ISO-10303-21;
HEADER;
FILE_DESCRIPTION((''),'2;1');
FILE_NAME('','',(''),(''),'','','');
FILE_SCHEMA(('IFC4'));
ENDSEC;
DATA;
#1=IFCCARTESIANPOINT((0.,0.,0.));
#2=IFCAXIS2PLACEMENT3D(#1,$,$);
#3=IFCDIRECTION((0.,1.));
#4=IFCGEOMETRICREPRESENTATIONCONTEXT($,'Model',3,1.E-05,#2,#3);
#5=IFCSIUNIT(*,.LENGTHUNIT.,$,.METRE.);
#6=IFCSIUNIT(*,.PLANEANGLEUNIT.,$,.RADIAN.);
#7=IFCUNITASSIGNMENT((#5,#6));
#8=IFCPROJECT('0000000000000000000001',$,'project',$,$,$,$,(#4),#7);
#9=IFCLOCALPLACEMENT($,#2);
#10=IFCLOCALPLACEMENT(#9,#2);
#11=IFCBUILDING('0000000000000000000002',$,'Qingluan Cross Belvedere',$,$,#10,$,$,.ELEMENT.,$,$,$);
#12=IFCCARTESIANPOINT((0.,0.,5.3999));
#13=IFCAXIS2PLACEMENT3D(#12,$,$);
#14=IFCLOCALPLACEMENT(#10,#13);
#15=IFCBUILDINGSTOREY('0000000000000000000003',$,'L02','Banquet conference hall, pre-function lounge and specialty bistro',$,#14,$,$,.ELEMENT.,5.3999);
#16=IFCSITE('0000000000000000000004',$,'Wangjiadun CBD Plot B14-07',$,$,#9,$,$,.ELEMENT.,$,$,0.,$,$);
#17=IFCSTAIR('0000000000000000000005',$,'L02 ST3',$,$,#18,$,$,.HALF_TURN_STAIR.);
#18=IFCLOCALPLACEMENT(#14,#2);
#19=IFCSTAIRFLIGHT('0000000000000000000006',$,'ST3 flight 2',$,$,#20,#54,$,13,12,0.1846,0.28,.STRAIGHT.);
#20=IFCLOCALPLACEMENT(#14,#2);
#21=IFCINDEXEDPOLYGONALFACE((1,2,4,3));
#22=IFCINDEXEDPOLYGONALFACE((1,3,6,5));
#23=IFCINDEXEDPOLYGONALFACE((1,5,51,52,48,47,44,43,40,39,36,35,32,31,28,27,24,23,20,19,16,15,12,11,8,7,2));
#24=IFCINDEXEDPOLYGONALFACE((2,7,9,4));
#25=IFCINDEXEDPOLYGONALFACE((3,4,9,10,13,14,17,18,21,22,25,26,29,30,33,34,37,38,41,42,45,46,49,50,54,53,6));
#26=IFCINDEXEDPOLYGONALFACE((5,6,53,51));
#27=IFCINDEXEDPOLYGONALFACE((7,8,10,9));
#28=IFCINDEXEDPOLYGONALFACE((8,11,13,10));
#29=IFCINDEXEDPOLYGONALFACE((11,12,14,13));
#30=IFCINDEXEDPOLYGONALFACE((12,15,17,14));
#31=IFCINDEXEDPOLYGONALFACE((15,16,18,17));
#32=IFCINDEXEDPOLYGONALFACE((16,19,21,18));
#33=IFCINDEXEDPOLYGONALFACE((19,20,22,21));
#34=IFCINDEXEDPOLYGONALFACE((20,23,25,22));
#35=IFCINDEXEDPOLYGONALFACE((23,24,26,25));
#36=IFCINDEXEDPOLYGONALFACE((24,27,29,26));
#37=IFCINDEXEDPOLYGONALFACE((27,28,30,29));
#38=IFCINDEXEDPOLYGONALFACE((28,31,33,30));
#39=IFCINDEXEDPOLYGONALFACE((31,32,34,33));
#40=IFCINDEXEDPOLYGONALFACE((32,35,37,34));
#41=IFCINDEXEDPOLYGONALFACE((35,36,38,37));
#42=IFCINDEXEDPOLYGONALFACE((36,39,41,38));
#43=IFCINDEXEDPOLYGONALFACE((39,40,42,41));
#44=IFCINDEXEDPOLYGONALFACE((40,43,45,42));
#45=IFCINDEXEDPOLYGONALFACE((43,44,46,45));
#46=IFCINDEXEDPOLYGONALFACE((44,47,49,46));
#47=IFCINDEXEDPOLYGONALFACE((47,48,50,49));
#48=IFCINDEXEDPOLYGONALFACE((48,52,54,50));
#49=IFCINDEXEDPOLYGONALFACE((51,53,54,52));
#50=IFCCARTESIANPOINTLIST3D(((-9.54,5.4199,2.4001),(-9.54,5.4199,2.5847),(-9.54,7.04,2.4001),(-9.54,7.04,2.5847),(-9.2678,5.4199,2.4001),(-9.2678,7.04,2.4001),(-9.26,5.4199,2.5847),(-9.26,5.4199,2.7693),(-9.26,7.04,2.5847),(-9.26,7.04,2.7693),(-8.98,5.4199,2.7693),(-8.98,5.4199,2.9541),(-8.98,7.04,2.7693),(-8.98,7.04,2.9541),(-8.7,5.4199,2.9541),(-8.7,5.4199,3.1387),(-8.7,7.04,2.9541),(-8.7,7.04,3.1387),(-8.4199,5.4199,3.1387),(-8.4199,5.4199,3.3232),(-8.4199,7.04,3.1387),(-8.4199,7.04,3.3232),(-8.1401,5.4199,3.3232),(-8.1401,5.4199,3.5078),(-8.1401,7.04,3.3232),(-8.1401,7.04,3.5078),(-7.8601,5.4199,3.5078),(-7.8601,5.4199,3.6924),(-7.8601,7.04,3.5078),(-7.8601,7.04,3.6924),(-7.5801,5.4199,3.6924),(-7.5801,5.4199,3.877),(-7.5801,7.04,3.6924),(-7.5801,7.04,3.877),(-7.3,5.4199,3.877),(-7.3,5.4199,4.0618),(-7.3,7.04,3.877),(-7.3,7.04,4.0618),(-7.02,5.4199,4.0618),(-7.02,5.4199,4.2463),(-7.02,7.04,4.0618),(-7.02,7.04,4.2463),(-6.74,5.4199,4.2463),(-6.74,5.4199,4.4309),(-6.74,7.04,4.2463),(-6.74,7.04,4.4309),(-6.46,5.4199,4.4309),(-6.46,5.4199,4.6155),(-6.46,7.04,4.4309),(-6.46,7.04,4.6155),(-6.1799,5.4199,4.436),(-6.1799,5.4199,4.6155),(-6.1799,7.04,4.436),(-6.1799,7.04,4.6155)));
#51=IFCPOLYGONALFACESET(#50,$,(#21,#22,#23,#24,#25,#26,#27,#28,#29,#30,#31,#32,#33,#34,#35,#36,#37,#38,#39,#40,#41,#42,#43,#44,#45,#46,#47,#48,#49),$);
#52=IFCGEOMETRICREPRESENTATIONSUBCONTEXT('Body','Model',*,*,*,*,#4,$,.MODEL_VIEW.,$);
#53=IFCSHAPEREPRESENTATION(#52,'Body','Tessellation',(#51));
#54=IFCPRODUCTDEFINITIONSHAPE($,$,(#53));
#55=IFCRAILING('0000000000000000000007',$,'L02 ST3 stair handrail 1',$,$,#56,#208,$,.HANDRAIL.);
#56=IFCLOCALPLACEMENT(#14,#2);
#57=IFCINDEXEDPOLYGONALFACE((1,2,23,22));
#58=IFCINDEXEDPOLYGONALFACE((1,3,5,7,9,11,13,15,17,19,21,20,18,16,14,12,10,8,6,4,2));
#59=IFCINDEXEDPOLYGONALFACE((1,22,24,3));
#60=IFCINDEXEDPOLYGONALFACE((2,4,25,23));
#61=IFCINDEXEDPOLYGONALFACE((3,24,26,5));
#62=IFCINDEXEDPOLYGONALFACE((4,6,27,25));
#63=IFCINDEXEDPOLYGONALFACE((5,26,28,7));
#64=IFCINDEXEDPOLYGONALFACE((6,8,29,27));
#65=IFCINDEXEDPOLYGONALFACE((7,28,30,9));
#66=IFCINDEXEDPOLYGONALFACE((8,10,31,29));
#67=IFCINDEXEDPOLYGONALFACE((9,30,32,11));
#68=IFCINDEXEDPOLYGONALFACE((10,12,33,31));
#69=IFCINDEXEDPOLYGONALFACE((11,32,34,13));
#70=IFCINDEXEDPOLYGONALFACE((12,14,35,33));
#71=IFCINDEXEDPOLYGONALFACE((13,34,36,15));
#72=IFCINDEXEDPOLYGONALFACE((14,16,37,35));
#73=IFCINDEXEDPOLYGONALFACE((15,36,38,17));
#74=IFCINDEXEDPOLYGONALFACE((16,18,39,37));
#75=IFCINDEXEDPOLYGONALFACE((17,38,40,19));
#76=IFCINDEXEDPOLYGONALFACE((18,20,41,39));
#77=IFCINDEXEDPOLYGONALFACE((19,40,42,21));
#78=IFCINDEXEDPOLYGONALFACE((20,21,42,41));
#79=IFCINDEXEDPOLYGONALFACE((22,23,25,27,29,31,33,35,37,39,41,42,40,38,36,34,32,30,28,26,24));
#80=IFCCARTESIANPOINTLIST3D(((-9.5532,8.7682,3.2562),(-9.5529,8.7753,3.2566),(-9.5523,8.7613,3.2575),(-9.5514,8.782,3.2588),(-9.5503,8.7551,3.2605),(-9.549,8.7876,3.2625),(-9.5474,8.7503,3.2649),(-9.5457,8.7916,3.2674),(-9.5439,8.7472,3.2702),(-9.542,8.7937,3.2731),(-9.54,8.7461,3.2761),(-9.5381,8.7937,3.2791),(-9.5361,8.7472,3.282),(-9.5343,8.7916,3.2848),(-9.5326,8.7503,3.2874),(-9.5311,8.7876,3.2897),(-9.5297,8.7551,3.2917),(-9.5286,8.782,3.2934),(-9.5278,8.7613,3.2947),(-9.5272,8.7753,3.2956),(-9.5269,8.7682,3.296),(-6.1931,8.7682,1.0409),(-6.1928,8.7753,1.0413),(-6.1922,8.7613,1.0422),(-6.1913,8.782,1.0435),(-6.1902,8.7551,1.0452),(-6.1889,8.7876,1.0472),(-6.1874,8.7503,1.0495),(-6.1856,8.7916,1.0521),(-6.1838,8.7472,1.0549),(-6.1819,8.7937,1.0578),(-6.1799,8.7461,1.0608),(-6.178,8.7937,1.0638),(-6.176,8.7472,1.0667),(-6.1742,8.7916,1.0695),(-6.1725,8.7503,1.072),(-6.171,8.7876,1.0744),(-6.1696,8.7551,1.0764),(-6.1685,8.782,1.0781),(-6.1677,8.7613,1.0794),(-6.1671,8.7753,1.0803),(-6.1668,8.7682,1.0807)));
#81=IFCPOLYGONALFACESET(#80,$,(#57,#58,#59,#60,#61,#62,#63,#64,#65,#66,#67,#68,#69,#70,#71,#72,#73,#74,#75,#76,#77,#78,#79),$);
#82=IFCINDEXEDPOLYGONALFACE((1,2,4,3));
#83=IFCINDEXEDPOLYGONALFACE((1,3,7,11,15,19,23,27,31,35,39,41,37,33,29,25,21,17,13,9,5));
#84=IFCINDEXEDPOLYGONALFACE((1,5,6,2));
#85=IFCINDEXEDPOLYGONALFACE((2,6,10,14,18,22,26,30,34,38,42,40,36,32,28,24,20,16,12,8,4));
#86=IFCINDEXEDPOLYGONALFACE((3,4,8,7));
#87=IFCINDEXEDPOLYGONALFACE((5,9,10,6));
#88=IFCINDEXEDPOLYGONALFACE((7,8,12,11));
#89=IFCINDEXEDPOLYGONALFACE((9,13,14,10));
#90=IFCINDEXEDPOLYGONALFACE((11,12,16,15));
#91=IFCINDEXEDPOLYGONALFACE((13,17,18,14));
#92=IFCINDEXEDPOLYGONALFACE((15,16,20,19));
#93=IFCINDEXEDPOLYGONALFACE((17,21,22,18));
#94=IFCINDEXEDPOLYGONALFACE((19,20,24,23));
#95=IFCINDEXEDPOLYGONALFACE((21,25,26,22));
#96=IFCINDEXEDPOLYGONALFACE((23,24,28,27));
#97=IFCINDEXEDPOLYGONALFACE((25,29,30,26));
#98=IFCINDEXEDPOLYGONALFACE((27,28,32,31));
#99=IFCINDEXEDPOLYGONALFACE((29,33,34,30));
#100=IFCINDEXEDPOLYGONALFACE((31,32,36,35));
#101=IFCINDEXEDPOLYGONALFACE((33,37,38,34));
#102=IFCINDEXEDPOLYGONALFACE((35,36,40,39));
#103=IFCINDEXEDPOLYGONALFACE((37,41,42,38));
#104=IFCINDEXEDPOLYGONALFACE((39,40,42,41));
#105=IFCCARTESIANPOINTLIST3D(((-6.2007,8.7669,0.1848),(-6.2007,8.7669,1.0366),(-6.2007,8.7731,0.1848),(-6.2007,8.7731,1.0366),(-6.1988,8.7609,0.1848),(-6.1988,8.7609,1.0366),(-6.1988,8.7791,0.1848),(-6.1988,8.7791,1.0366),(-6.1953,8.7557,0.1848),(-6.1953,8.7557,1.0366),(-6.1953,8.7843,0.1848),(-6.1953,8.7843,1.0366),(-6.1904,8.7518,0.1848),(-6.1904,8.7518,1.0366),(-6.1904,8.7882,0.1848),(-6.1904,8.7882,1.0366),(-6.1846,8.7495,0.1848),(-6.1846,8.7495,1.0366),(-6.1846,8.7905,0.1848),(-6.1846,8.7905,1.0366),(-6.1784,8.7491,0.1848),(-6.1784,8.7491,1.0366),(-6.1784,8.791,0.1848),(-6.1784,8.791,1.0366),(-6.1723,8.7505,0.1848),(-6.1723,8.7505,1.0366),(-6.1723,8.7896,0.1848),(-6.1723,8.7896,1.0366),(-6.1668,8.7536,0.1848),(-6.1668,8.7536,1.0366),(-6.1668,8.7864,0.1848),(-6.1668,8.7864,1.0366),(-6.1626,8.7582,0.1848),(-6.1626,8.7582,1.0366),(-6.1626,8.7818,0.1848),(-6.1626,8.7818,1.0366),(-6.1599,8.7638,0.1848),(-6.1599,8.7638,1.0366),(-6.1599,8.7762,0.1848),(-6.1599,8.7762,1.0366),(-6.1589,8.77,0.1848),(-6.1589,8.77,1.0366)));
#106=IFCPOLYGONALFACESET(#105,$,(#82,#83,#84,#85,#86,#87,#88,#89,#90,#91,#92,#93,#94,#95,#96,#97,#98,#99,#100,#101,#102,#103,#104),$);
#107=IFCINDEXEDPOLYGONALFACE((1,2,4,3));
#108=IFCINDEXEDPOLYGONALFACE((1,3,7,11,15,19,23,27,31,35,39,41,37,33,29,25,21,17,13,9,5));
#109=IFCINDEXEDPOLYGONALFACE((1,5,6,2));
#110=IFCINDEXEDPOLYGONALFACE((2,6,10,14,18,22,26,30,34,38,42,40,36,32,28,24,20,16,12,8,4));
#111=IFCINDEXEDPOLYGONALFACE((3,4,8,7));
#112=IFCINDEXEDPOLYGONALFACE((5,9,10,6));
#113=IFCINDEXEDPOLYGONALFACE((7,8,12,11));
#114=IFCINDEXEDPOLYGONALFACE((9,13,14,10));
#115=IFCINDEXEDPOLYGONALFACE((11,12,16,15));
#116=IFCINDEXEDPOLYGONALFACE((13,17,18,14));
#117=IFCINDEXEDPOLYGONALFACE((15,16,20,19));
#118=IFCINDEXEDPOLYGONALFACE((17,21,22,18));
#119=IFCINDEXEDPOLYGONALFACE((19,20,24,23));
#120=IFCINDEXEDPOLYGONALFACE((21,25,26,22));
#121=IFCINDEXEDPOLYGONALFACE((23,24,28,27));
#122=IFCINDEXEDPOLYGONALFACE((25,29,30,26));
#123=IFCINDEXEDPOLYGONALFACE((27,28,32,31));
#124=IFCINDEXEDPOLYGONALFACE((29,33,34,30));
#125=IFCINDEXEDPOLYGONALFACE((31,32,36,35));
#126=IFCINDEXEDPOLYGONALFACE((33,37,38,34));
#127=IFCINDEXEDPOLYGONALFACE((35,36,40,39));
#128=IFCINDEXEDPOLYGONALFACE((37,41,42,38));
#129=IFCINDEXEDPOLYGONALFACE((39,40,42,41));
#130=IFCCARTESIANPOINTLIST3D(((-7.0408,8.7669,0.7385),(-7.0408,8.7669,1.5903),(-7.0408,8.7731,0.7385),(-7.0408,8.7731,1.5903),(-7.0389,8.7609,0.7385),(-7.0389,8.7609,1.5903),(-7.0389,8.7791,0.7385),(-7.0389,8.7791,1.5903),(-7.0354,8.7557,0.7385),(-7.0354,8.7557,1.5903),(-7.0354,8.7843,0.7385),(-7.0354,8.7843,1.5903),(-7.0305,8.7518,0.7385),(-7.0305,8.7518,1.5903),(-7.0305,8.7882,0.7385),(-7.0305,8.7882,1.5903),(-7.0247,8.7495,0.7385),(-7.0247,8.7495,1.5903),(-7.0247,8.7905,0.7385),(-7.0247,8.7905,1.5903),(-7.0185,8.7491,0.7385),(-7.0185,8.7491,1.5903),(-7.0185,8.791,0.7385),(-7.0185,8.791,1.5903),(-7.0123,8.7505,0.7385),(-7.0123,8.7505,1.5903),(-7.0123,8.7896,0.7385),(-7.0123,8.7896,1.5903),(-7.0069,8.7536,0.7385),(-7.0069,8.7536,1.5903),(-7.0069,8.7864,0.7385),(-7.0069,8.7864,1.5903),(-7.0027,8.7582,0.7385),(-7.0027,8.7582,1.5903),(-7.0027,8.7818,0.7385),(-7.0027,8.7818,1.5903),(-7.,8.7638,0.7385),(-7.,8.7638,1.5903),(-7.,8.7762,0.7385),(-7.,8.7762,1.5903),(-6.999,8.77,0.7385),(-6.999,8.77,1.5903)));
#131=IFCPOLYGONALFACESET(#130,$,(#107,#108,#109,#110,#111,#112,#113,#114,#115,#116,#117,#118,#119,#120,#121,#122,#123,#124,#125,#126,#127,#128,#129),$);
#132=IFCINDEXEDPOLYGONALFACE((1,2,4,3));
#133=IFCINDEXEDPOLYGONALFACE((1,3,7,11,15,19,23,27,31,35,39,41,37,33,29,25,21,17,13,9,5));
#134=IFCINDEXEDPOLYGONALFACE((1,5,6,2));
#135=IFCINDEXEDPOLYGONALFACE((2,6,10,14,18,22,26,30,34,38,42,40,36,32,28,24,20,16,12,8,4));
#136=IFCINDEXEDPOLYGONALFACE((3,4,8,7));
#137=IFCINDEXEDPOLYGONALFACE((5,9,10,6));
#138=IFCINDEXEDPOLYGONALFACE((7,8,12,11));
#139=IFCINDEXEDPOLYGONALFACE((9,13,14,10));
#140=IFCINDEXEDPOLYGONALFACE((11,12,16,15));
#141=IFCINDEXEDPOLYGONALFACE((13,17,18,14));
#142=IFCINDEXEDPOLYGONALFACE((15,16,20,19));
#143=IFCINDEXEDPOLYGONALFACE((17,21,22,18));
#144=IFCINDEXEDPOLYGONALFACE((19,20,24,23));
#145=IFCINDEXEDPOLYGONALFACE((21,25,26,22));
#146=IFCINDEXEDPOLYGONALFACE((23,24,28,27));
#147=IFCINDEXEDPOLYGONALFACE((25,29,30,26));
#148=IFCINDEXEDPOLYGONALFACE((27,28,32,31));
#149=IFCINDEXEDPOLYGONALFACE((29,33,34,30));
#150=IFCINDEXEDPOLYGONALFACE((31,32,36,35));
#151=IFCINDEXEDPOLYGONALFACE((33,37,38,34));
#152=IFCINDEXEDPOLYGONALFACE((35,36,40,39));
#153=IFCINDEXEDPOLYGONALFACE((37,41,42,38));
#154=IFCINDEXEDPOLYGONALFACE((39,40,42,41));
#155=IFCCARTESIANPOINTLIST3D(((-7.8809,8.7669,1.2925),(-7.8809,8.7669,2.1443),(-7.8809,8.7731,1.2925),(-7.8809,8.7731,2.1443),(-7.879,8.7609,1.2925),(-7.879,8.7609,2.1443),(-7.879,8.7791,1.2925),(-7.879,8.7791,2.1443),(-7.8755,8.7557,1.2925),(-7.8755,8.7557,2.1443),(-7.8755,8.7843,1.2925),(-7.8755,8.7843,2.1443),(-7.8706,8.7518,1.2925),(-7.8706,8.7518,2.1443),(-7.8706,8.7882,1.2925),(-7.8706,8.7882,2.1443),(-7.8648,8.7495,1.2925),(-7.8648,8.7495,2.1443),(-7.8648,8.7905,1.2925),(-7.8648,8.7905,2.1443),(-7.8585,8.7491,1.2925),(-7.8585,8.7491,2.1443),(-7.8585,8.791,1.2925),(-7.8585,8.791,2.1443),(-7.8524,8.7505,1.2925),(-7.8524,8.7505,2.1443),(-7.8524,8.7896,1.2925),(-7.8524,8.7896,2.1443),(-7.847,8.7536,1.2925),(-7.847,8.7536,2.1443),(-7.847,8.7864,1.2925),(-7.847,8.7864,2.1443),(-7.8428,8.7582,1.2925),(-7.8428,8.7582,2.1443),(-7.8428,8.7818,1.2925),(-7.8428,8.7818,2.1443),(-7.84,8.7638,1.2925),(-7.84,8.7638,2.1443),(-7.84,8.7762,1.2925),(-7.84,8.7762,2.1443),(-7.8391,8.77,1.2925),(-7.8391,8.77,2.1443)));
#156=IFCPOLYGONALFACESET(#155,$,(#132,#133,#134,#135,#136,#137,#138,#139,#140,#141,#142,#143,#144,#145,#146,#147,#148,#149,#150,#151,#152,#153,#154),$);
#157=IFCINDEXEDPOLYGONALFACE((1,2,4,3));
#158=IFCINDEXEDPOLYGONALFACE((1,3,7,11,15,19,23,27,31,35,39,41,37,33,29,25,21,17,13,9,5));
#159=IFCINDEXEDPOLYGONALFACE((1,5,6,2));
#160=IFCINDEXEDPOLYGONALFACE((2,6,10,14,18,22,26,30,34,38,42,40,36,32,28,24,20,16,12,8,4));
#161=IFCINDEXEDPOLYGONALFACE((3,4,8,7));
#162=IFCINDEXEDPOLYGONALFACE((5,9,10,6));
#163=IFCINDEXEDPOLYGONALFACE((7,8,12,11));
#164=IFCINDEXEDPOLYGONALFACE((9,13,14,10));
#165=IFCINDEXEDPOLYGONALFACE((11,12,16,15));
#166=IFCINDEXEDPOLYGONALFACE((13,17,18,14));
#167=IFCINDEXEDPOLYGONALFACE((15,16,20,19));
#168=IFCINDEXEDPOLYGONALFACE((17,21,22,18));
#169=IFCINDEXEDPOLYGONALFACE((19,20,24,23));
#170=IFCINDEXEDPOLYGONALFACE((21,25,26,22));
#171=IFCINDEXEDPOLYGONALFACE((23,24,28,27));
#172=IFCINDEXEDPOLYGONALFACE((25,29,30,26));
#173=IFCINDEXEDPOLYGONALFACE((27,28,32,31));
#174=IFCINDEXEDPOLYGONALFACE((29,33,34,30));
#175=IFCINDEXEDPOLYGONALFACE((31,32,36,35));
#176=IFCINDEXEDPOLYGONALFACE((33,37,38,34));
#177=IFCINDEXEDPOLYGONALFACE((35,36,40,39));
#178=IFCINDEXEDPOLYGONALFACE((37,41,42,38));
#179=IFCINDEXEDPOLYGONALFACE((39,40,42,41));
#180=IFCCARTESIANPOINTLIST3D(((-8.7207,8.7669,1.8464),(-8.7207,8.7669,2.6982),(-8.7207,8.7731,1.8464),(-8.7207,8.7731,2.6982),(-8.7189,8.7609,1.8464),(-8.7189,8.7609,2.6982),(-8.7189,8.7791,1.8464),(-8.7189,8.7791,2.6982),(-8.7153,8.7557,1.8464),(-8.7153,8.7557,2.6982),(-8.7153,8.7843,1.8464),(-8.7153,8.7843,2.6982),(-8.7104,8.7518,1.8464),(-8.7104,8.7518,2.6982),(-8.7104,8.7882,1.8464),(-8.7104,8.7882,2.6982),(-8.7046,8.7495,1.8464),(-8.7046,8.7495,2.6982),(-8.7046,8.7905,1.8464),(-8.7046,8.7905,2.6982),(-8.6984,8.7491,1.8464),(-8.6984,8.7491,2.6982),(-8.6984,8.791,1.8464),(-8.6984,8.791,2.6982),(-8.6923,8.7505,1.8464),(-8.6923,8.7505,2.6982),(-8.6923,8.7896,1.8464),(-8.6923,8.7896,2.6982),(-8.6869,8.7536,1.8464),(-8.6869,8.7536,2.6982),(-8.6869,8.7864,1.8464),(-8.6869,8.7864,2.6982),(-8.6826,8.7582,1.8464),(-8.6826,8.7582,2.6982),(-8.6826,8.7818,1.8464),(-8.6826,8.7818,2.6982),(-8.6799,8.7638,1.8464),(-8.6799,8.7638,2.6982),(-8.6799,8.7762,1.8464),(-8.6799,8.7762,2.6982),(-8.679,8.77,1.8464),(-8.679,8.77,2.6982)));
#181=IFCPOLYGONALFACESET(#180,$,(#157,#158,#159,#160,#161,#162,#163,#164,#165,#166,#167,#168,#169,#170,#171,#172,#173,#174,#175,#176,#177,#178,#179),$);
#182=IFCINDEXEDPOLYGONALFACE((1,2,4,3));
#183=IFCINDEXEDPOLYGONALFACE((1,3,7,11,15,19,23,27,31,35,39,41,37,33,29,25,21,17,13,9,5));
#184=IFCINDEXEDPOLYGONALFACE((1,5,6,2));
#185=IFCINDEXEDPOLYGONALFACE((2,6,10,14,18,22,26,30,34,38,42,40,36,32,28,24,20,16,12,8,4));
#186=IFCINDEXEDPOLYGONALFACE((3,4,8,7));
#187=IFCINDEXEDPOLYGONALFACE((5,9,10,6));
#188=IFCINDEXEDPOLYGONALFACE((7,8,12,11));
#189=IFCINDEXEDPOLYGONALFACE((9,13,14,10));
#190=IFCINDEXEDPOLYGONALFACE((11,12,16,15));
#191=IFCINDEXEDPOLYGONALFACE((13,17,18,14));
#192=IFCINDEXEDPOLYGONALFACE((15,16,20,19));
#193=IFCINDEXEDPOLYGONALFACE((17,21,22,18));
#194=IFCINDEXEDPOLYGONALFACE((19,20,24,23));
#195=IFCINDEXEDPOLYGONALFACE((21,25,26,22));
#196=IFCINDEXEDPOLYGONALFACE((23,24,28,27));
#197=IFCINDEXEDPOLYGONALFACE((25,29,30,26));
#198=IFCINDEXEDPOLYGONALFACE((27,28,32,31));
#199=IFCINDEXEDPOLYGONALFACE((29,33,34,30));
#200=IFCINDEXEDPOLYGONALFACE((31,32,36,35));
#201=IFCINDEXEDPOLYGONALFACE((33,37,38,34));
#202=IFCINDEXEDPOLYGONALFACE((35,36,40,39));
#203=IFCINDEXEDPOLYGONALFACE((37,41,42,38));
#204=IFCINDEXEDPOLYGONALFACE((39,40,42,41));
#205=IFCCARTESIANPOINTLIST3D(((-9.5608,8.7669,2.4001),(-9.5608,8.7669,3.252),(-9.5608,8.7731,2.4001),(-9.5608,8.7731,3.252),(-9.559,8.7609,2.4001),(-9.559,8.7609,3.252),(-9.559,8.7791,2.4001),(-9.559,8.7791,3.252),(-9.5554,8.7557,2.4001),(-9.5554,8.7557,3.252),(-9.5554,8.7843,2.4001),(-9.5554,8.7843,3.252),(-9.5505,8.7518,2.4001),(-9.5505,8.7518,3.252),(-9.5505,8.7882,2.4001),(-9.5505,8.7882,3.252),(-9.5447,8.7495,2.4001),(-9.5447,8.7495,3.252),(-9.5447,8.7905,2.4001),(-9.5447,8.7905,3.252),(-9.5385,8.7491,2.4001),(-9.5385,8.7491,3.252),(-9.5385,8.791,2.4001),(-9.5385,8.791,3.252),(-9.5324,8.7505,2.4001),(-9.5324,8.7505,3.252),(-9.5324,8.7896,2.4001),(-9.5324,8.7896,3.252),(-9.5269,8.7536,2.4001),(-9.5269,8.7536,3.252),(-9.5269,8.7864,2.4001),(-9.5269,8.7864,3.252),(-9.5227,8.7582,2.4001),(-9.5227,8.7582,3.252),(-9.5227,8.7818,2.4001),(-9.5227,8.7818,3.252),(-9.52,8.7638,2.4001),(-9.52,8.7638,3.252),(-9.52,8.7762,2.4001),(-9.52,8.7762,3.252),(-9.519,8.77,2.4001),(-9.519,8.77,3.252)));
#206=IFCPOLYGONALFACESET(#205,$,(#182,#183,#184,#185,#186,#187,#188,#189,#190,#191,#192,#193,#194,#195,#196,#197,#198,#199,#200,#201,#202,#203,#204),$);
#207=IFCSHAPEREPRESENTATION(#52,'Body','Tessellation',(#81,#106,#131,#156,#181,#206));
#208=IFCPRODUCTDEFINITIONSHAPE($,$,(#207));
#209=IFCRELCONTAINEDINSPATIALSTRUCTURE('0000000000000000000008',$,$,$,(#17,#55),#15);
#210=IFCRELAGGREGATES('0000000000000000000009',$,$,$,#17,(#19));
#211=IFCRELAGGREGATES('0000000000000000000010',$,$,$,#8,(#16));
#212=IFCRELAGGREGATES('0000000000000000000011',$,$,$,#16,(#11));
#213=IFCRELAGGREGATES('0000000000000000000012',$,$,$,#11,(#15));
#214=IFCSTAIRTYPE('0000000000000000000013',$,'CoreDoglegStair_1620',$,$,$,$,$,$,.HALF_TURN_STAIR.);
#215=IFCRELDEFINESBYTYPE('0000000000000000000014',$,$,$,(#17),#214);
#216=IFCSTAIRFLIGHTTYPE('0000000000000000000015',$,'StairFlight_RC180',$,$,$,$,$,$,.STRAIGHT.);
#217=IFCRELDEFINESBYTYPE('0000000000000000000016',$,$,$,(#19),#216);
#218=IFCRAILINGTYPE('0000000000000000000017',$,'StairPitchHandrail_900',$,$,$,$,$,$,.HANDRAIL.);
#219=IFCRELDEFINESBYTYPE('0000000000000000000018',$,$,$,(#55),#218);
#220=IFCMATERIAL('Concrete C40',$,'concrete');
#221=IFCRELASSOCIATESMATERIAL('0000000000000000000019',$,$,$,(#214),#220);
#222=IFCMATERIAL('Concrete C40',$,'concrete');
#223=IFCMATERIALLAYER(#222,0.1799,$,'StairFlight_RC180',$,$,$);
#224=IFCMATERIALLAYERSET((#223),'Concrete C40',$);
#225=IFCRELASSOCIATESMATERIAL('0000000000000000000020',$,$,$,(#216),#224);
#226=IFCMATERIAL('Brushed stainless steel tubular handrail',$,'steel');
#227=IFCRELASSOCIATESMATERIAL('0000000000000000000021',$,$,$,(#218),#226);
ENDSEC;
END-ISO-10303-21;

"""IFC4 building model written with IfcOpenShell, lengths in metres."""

from ifc_helpers import new_model, si_unit, direction, frame, origin, origin_2d, place, context, subcontext, project, spatial, polyline, circle, outline, extrude, material, layer, layer_set, type_object, element, aggregate, save


model = new_model("IFC4")

# Units and contexts
model_context = context("Model", 3, precision=1e-05, world=origin(), true_north=direction((0.0, 1.0)))
body_context = subcontext(model_context, "Body", "Model", "MODEL_VIEW")
ifc_project = project(units=[si_unit("LENGTHUNIT", "METRE"), si_unit("PLANEANGLEUNIT", "RADIAN")], contexts=[model_context])

# Site, building, storey
site_placement = place(None, origin())
site = spatial("IfcSite", under=ifc_project, at=site_placement, Name="Wangjiadun CBD Plot B14-07", CompositionType="ELEMENT", RefElevation=0.0)
building_placement = place(site_placement, origin())
building = spatial("IfcBuilding", under=site, at=building_placement, Name="Qingluan Cross Belvedere", CompositionType="ELEMENT")
storey_placement = place(building_placement, frame((0.0, 0.0, 5.3999)))
storey = spatial("IfcBuildingStorey", under=building, at=storey_placement, Name="L02", Description="Banquet conference hall, pre-function lounge and specialty bistro", CompositionType="ELEMENT", Elevation=5.3999)

# Stair, stair flight
ifc_material_1 = material(Name="Concrete C40", Category="concrete")
stair_type = type_object("IfcStairType", Name="CoreDoglegStair_1620", PredefinedType="HALF_TURN_STAIR", material=ifc_material_1)
stair_placement = place(storey_placement, origin())
stair = element("IfcStair", 1, at=stair_placement, inside=storey, type_object=stair_type, Name="L02 ST3", PredefinedType="HALF_TURN_STAIR")
ifc_material_2 = material(Name="Concrete C40", Category="concrete")
ifc_layer_1 = layer(ifc_material_2, 0.1799, Name="StairFlight_RC180")
ifc_layer_set_1 = layer_set([ifc_layer_1], Name="Concrete C40")
stair_flight_type = type_object("IfcStairFlightType", Name="StairFlight_RC180", PredefinedType="STRAIGHT", material=ifc_layer_set_1)
stair_flight_1_placement = place(storey_placement, frame((-9.54, 6.23, 2.4001), z_axis=(0.0, 0.0, 1.0), x_axis=(1.0, 0.0, 0.0)))
stair_flight_1 = element("IfcStairFlight", 2, at=stair_flight_1_placement, type_object=stair_flight_type, Name="ST3 flight 2", NumberOfRisers=13, NumberOfTreads=12, PredefinedType="STRAIGHT", RiserHeight=0.1846, TreadLength=0.28, context=body_context, shape_type="SweptSolid", body=[
    extrude(outline(polyline([(0.0, 0.0), (0.0, 0.1846), (0.28, 0.1846), (0.28, 0.3691), (0.5601, 0.3691), (0.5601, 0.554), (0.8401, 0.554), (0.8401, 0.7385), (1.1201, 0.7385), (1.1201, 0.9231), (1.3999, 0.9231), (1.3999, 1.1077), (1.6799, 1.1077), (1.6799, 1.2922), (1.96, 1.2922), (1.96, 1.4768), (2.24, 1.4768), (2.24, 1.6616), (2.52, 1.6616), (2.52, 1.8462), (2.8, 1.8462), (2.8, 2.0308), (3.0801, 2.0308), (3.0801, 2.2153), (3.3601, 2.2153), (3.3601, 2.3999), (3.3601, 2.0359), (0.2722, 0.0), (0.0, 0.0)])), frame((0.0, 0.8101, 0.0), z_axis=(0.0, -1.0, 0.0), x_axis=(1.0, 0.0, 0.0)), (0.0, 0.0, 1.0), 1.6201),
])
aggregate(stair, [stair_flight_1])

# Railing
ifc_material_3 = material(Name="Brushed stainless steel tubular handrail", Category="steel")
railing_type_1 = type_object("IfcRailingType", Name="StairPitchHandrail_900", PredefinedType="HANDRAIL", material=ifc_material_3)
railing_1_placement = place(storey_placement, frame((-6.1799, 8.77, 0.1848)))
element("IfcRailing", 3, at=railing_1_placement, inside=storey, type_object=railing_type_1, Name="L02 ST3 stair handrail 1", PredefinedType="HANDRAIL", context=body_context, shape_type="SweptSolid", body=[
    extrude(circle(Radius=0.0239, at=origin_2d()), frame((0.0, 0.0, 0.876), z_axis=(-0.834876, 0.0, 0.550437), x_axis=(0.0, -1.0, 0.0)), (0.0, 0.0, 1.0), 4.0247),
    extrude(circle(Radius=0.021, at=origin_2d()), origin(), (0.0, 0.0, 1.0), 0.8518),
    extrude(circle(Radius=0.021, at=origin_2d()), frame((-0.8401, 0.0, 0.5537)), (0.0, 0.0, 1.0), 0.8518),
    extrude(circle(Radius=0.021, at=origin_2d()), frame((-1.6802, 0.0, 1.1077)), (0.0, 0.0, 1.0), 0.8518),
    extrude(circle(Radius=0.021, at=origin_2d()), frame((-2.52, 0.0, 1.6616)), (0.0, 0.0, 1.0), 0.8518),
    extrude(circle(Radius=0.021, at=origin_2d()), frame((-3.3601, 0.0, 2.2153)), (0.0, 0.0, 1.0), 0.8518),
])

save(model, "model.ifc")
